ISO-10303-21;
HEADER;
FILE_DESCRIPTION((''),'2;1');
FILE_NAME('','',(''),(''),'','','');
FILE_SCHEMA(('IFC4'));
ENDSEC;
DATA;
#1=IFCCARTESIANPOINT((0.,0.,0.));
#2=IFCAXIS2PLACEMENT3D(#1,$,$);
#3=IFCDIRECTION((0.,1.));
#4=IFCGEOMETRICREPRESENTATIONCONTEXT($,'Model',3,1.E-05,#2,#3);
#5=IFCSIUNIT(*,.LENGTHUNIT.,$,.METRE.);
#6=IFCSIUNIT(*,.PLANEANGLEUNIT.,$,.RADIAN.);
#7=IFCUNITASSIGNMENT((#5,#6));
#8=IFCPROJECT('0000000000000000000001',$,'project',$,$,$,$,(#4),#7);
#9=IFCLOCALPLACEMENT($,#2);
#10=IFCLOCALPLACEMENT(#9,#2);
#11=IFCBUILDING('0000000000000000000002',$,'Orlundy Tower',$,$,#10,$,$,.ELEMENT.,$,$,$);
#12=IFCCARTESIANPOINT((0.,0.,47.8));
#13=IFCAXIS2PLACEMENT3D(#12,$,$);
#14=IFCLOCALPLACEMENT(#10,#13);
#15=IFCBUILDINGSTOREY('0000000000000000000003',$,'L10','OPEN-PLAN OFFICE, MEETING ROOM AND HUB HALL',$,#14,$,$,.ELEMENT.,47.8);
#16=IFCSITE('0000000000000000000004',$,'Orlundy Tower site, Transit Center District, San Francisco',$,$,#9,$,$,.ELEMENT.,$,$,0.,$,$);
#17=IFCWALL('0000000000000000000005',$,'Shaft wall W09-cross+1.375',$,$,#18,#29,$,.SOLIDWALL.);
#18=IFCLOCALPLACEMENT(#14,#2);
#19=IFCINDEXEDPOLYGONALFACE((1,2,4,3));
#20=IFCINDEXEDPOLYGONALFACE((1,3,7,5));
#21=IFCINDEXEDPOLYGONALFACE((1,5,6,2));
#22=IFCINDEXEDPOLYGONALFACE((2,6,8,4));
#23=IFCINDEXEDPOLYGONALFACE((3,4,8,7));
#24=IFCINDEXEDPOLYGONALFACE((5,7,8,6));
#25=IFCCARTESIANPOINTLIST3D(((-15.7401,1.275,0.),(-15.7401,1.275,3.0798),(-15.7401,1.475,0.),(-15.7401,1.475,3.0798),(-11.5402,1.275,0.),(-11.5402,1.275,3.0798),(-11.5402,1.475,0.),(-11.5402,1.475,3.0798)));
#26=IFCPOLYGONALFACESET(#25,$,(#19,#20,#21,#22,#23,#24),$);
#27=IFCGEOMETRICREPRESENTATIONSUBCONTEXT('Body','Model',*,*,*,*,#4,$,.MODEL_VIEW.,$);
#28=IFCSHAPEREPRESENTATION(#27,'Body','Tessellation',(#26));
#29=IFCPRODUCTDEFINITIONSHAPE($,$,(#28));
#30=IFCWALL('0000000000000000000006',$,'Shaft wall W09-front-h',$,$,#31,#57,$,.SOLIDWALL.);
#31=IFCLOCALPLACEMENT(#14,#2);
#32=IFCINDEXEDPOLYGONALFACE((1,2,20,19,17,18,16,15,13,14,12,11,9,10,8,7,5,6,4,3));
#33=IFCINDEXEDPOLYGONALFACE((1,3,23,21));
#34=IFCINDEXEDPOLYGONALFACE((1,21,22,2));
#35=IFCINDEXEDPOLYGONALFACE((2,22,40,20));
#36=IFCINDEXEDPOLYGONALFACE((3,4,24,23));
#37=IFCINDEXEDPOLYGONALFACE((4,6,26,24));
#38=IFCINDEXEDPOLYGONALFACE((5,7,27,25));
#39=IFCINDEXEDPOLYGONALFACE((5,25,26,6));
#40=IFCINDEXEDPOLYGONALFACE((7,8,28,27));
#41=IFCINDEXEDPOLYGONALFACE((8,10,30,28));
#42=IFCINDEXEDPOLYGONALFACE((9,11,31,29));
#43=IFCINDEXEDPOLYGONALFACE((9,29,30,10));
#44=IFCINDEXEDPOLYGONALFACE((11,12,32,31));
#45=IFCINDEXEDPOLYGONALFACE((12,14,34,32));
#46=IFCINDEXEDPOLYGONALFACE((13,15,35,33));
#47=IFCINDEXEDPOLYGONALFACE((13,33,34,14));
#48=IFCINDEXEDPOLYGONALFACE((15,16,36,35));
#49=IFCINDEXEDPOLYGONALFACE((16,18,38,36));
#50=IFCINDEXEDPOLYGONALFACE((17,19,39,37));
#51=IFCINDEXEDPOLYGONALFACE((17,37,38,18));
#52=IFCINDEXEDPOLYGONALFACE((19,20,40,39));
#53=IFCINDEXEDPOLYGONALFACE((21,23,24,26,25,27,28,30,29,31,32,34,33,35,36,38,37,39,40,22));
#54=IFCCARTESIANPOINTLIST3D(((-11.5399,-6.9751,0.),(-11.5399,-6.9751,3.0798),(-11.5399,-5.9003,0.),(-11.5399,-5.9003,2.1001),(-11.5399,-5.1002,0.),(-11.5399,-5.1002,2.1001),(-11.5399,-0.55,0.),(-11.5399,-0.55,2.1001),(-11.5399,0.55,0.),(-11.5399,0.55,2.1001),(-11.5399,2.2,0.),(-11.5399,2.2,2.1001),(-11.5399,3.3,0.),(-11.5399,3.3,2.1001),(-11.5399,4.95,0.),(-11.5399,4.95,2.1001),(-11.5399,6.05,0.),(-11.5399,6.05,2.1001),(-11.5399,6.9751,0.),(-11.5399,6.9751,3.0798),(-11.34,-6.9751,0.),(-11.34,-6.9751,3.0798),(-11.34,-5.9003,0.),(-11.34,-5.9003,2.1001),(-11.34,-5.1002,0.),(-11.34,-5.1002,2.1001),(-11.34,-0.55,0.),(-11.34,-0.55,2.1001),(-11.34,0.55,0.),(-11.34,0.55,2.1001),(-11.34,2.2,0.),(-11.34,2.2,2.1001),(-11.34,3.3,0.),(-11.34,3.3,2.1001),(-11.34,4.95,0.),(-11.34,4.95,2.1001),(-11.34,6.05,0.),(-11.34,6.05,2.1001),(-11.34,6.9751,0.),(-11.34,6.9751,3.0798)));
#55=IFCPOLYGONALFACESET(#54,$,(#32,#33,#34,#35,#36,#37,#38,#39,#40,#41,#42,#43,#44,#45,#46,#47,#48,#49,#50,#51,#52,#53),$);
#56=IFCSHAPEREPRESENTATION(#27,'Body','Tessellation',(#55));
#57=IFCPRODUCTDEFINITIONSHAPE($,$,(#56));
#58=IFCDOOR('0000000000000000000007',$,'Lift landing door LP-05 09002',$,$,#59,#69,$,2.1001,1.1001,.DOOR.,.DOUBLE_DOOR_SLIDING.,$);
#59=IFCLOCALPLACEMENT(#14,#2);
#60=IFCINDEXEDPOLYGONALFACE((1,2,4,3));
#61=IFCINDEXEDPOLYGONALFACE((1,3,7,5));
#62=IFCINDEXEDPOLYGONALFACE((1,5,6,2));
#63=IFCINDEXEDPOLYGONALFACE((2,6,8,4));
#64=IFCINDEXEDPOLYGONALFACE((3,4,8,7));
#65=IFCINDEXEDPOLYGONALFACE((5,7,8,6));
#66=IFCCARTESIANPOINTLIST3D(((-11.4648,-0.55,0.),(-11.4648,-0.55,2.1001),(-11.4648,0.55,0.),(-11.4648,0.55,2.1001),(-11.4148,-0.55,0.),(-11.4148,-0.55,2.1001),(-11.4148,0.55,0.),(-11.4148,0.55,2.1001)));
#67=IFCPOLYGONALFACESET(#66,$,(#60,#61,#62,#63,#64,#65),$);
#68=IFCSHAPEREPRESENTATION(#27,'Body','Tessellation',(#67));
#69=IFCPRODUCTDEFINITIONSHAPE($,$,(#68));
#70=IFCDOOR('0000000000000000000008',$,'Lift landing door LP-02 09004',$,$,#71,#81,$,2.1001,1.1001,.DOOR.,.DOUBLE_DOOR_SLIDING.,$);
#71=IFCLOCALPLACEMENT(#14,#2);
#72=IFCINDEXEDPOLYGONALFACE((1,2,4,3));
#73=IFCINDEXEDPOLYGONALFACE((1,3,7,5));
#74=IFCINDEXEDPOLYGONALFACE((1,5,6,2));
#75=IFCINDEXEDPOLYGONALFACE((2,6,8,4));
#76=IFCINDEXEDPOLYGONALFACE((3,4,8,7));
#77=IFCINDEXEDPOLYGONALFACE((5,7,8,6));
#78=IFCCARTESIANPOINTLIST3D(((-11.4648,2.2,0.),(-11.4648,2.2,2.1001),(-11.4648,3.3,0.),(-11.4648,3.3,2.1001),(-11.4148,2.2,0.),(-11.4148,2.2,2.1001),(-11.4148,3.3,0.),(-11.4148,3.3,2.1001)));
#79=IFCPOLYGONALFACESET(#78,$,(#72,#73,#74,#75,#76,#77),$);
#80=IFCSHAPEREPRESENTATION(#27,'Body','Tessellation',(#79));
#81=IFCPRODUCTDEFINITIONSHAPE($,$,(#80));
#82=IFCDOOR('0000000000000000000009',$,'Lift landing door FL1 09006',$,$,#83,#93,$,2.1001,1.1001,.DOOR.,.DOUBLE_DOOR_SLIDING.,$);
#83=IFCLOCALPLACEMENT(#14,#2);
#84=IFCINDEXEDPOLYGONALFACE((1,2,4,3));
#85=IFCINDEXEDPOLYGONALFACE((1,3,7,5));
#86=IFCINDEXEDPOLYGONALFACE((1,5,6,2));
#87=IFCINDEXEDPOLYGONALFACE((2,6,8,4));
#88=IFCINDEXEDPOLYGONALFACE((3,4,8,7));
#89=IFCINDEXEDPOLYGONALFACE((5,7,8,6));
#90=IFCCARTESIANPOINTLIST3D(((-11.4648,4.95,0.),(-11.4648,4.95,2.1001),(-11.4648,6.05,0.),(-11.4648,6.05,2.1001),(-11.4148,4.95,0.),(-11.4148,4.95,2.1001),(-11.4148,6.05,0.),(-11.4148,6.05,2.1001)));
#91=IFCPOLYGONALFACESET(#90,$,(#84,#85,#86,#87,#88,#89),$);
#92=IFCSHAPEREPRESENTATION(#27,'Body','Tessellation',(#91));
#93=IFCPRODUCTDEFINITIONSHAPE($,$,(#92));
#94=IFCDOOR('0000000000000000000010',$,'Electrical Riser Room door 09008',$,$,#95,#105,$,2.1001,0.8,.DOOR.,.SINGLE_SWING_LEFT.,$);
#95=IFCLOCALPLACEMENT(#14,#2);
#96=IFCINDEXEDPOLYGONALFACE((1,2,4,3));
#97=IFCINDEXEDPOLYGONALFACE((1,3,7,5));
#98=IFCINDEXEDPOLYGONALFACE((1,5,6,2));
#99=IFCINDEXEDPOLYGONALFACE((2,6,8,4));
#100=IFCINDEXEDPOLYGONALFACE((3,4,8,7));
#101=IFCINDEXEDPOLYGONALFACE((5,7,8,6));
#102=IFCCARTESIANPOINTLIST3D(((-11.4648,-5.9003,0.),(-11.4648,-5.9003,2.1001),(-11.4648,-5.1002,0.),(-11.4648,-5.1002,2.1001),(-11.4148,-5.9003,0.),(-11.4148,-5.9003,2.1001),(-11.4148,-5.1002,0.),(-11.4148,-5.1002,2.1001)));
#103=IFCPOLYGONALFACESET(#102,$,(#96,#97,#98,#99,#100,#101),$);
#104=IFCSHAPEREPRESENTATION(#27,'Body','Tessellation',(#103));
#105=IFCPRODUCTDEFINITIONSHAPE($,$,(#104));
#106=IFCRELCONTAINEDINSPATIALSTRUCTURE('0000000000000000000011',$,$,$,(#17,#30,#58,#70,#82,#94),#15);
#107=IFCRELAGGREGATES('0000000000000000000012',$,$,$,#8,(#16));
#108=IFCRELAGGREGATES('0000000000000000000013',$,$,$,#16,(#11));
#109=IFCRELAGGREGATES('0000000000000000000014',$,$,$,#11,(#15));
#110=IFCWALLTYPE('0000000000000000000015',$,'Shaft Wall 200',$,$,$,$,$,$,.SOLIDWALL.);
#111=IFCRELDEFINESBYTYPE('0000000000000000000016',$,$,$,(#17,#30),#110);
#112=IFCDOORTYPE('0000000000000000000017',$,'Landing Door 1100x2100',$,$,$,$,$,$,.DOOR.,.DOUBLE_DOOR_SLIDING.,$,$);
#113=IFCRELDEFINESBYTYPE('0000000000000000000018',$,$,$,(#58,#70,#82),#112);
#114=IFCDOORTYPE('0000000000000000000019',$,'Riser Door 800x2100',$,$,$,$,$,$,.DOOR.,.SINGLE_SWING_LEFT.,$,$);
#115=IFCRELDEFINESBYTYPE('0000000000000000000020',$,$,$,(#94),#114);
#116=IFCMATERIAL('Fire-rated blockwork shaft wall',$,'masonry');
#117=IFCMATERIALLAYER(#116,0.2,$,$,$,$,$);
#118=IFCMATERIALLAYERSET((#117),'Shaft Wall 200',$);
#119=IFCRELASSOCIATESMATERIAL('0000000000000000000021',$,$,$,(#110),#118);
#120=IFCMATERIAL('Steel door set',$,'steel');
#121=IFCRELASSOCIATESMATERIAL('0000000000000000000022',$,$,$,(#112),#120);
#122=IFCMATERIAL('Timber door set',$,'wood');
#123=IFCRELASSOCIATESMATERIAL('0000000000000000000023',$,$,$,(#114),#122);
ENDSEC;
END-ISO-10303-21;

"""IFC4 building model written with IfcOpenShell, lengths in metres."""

from ifc_helpers import new_model, si_unit, direction, frame, frame_2d, origin, place, context, subcontext, project, spatial, rectangle, extrude, material, layer, layer_set, type_object, element, fill, save


model = new_model("IFC4")

# Units and contexts
model_context = context("Model", 3, precision=1e-05, world=origin(), true_north=direction((0.0, 1.0)))
body_context = subcontext(model_context, "Body", "Model", "MODEL_VIEW")
ifc_project = project(units=[si_unit("LENGTHUNIT", "METRE"), si_unit("PLANEANGLEUNIT", "RADIAN")], contexts=[model_context])

# Site, building, storey
site_placement = place(None, origin())
site = spatial("IfcSite", under=ifc_project, at=site_placement, Name="Orlundy Tower site, Transit Center District, San Francisco", CompositionType="ELEMENT", RefElevation=0.0)
building_placement = place(site_placement, origin())
building = spatial("IfcBuilding", under=site, at=building_placement, Name="Orlundy Tower", CompositionType="ELEMENT")
storey_placement = place(building_placement, frame((0.0, 0.0, 47.8)))
storey = spatial("IfcBuildingStorey", under=building, at=storey_placement, Name="L10", Description="OPEN-PLAN OFFICE, MEETING ROOM AND HUB HALL", CompositionType="ELEMENT", Elevation=47.8)

# Wall
ifc_material_1 = material(Name="Fire-rated blockwork shaft wall", Category="masonry")
ifc_layer_1 = layer(ifc_material_1, 0.2)
ifc_layer_set_1 = layer_set([ifc_layer_1], Name="Shaft Wall 200")
wall_type_1 = type_object("IfcWallType", Name="Shaft Wall 200", PredefinedType="SOLIDWALL", material=ifc_layer_set_1)
wall_1_placement = place(storey_placement, frame((-11.54, 1.375, 0.0), z_axis=(0.0, 0.0, 1.0), x_axis=(-1.0, 0.0, 0.0)))
element("IfcWall", 1, at=wall_1_placement, inside=storey, type_object=wall_type_1, Name="Shaft wall W09-cross+1.375", PredefinedType="SOLIDWALL", context=body_context, shape_type="SweptSolid", body=[
    extrude(rectangle(XDim=4.2, YDim=0.2, at=frame_2d((2.1001, 0.0))), origin(), (0.0, 0.0, 1.0), 3.0798),
])

# Wall, openings, doors
wall_2_placement = place(storey_placement, frame((-11.4399, -6.9751, 0.0), z_axis=(0.0, 0.0, 1.0), x_axis=(0.0, 1.0, 0.0)))
wall_2 = element("IfcWall", 2, at=wall_2_placement, inside=storey, type_object=wall_type_1, Name="Shaft wall W09-front-h", PredefinedType="SOLIDWALL", context=body_context, shape_type="SweptSolid", body=[
    extrude(rectangle(XDim=13.9502, YDim=0.2, at=frame_2d((6.9751, 0.0))), origin(), (0.0, 0.0, 1.0), 3.0798),
])
opening_1_placement = place(wall_2_placement, frame((6.425, 0.0, 0.0)))
opening_1 = element("IfcOpeningElement", 3, at=opening_1_placement, cuts=wall_2, PredefinedType="OPENING", context=body_context, shape_type="SweptSolid", body=[
    extrude(rectangle(XDim=1.1001, YDim=2.1001, at=frame_2d((0.55, 1.05))), frame((0.0, 0.1101, 0.0), z_axis=(0.0, -1.0, 0.0), x_axis=(1.0, 0.0, 0.0)), (0.0, 0.0, 1.0), 0.2202),
])
opening_2_placement = place(wall_2_placement, frame((9.175, 0.0, 0.0)))
opening_2 = element("IfcOpeningElement", 4, at=opening_2_placement, cuts=wall_2, PredefinedType="OPENING", context=body_context, shape_type="SweptSolid", body=[
    extrude(rectangle(XDim=1.1001, YDim=2.1001, at=frame_2d((0.55, 1.05))), frame((0.0, 0.1101, 0.0), z_axis=(0.0, -1.0, 0.0), x_axis=(1.0, 0.0, 0.0)), (0.0, 0.0, 1.0), 0.2202),
])
opening_3_placement = place(wall_2_placement, frame((11.925, 0.0, 0.0)))
opening_3 = element("IfcOpeningElement", 5, at=opening_3_placement, cuts=wall_2, PredefinedType="OPENING", context=body_context, shape_type="SweptSolid", body=[
    extrude(rectangle(XDim=1.1001, YDim=2.1001, at=frame_2d((0.55, 1.05))), frame((0.0, 0.1101, 0.0), z_axis=(0.0, -1.0, 0.0), x_axis=(1.0, 0.0, 0.0)), (0.0, 0.0, 1.0), 0.2202),
])
opening_4_placement = place(wall_2_placement, frame((1.075, 0.0, 0.0)))
opening_4 = element("IfcOpeningElement", 6, at=opening_4_placement, cuts=wall_2, PredefinedType="OPENING", context=body_context, shape_type="SweptSolid", body=[
    extrude(rectangle(XDim=0.8, YDim=2.1001, at=frame_2d((0.3999, 1.05))), frame((0.0, 0.1101, 0.0), z_axis=(0.0, -1.0, 0.0), x_axis=(1.0, 0.0, 0.0)), (0.0, 0.0, 1.0), 0.2202),
])
ifc_material_2 = material(Name="Steel door set", Category="steel")
door_type_1 = type_object("IfcDoorType", Name="Landing Door 1100x2100", OperationType="DOUBLE_DOOR_SLIDING", PredefinedType="DOOR", material=ifc_material_2)
door_1_placement = place(opening_1_placement, origin())
door_1 = element("IfcDoor", 7, at=door_1_placement, inside=storey, type_object=door_type_1, Name="Lift landing door LP-05 09002", OperationType="DOUBLE_DOOR_SLIDING", OverallHeight=2.1001, OverallWidth=1.1001, PredefinedType="DOOR", context=body_context, shape_type="SweptSolid", body=[
    extrude(rectangle(XDim=1.1001, YDim=2.1001, at=frame_2d((0.55, 1.05))), frame((0.0, 0.0249, 0.0), z_axis=(0.0, -1.0, 0.0), x_axis=(1.0, 0.0, 0.0)), (0.0, 0.0, 1.0), 0.05),
])
fill(opening_1, door_1)
door_2_placement = place(opening_2_placement, origin())
door_2 = element("IfcDoor", 8, at=door_2_placement, inside=storey, type_object=door_type_1, Name="Lift landing door LP-02 09004", OperationType="DOUBLE_DOOR_SLIDING", OverallHeight=2.1001, OverallWidth=1.1001, PredefinedType="DOOR", context=body_context, shape_type="SweptSolid", body=[
    extrude(rectangle(XDim=1.1001, YDim=2.1001, at=frame_2d((0.55, 1.05))), frame((0.0, 0.0249, 0.0), z_axis=(0.0, -1.0, 0.0), x_axis=(1.0, 0.0, 0.0)), (0.0, 0.0, 1.0), 0.05),
])
fill(opening_2, door_2)
door_3_placement = place(opening_3_placement, origin())
door_3 = element("IfcDoor", 9, at=door_3_placement, inside=storey, type_object=door_type_1, Name="Lift landing door FL1 09006", OperationType="DOUBLE_DOOR_SLIDING", OverallHeight=2.1001, OverallWidth=1.1001, PredefinedType="DOOR", context=body_context, shape_type="SweptSolid", body=[
    extrude(rectangle(XDim=1.1001, YDim=2.1001, at=frame_2d((0.55, 1.05))), frame((0.0, 0.0249, 0.0), z_axis=(0.0, -1.0, 0.0), x_axis=(1.0, 0.0, 0.0)), (0.0, 0.0, 1.0), 0.05),
])
fill(opening_3, door_3)
ifc_material_3 = material(Name="Timber door set", Category="wood")
door_type_2 = type_object("IfcDoorType", Name="Riser Door 800x2100", OperationType="SINGLE_SWING_LEFT", PredefinedType="DOOR", material=ifc_material_3)
door_4_placement = place(opening_4_placement, origin())
door_4 = element("IfcDoor", 10, at=door_4_placement, inside=storey, type_object=door_type_2, Name="Electrical Riser Room door 09008", OperationType="SINGLE_SWING_LEFT", OverallHeight=2.1001, OverallWidth=0.8, PredefinedType="DOOR", context=body_context, shape_type="SweptSolid", body=[
    extrude(rectangle(XDim=0.8, YDim=2.1001, at=frame_2d((0.3999, 1.05))), frame((0.0, 0.0249, 0.0), z_axis=(0.0, -1.0, 0.0), x_axis=(1.0, 0.0, 0.0)), (0.0, 0.0, 1.0), 0.05),
])
fill(opening_4, door_4)

save(model, "model.ifc")
